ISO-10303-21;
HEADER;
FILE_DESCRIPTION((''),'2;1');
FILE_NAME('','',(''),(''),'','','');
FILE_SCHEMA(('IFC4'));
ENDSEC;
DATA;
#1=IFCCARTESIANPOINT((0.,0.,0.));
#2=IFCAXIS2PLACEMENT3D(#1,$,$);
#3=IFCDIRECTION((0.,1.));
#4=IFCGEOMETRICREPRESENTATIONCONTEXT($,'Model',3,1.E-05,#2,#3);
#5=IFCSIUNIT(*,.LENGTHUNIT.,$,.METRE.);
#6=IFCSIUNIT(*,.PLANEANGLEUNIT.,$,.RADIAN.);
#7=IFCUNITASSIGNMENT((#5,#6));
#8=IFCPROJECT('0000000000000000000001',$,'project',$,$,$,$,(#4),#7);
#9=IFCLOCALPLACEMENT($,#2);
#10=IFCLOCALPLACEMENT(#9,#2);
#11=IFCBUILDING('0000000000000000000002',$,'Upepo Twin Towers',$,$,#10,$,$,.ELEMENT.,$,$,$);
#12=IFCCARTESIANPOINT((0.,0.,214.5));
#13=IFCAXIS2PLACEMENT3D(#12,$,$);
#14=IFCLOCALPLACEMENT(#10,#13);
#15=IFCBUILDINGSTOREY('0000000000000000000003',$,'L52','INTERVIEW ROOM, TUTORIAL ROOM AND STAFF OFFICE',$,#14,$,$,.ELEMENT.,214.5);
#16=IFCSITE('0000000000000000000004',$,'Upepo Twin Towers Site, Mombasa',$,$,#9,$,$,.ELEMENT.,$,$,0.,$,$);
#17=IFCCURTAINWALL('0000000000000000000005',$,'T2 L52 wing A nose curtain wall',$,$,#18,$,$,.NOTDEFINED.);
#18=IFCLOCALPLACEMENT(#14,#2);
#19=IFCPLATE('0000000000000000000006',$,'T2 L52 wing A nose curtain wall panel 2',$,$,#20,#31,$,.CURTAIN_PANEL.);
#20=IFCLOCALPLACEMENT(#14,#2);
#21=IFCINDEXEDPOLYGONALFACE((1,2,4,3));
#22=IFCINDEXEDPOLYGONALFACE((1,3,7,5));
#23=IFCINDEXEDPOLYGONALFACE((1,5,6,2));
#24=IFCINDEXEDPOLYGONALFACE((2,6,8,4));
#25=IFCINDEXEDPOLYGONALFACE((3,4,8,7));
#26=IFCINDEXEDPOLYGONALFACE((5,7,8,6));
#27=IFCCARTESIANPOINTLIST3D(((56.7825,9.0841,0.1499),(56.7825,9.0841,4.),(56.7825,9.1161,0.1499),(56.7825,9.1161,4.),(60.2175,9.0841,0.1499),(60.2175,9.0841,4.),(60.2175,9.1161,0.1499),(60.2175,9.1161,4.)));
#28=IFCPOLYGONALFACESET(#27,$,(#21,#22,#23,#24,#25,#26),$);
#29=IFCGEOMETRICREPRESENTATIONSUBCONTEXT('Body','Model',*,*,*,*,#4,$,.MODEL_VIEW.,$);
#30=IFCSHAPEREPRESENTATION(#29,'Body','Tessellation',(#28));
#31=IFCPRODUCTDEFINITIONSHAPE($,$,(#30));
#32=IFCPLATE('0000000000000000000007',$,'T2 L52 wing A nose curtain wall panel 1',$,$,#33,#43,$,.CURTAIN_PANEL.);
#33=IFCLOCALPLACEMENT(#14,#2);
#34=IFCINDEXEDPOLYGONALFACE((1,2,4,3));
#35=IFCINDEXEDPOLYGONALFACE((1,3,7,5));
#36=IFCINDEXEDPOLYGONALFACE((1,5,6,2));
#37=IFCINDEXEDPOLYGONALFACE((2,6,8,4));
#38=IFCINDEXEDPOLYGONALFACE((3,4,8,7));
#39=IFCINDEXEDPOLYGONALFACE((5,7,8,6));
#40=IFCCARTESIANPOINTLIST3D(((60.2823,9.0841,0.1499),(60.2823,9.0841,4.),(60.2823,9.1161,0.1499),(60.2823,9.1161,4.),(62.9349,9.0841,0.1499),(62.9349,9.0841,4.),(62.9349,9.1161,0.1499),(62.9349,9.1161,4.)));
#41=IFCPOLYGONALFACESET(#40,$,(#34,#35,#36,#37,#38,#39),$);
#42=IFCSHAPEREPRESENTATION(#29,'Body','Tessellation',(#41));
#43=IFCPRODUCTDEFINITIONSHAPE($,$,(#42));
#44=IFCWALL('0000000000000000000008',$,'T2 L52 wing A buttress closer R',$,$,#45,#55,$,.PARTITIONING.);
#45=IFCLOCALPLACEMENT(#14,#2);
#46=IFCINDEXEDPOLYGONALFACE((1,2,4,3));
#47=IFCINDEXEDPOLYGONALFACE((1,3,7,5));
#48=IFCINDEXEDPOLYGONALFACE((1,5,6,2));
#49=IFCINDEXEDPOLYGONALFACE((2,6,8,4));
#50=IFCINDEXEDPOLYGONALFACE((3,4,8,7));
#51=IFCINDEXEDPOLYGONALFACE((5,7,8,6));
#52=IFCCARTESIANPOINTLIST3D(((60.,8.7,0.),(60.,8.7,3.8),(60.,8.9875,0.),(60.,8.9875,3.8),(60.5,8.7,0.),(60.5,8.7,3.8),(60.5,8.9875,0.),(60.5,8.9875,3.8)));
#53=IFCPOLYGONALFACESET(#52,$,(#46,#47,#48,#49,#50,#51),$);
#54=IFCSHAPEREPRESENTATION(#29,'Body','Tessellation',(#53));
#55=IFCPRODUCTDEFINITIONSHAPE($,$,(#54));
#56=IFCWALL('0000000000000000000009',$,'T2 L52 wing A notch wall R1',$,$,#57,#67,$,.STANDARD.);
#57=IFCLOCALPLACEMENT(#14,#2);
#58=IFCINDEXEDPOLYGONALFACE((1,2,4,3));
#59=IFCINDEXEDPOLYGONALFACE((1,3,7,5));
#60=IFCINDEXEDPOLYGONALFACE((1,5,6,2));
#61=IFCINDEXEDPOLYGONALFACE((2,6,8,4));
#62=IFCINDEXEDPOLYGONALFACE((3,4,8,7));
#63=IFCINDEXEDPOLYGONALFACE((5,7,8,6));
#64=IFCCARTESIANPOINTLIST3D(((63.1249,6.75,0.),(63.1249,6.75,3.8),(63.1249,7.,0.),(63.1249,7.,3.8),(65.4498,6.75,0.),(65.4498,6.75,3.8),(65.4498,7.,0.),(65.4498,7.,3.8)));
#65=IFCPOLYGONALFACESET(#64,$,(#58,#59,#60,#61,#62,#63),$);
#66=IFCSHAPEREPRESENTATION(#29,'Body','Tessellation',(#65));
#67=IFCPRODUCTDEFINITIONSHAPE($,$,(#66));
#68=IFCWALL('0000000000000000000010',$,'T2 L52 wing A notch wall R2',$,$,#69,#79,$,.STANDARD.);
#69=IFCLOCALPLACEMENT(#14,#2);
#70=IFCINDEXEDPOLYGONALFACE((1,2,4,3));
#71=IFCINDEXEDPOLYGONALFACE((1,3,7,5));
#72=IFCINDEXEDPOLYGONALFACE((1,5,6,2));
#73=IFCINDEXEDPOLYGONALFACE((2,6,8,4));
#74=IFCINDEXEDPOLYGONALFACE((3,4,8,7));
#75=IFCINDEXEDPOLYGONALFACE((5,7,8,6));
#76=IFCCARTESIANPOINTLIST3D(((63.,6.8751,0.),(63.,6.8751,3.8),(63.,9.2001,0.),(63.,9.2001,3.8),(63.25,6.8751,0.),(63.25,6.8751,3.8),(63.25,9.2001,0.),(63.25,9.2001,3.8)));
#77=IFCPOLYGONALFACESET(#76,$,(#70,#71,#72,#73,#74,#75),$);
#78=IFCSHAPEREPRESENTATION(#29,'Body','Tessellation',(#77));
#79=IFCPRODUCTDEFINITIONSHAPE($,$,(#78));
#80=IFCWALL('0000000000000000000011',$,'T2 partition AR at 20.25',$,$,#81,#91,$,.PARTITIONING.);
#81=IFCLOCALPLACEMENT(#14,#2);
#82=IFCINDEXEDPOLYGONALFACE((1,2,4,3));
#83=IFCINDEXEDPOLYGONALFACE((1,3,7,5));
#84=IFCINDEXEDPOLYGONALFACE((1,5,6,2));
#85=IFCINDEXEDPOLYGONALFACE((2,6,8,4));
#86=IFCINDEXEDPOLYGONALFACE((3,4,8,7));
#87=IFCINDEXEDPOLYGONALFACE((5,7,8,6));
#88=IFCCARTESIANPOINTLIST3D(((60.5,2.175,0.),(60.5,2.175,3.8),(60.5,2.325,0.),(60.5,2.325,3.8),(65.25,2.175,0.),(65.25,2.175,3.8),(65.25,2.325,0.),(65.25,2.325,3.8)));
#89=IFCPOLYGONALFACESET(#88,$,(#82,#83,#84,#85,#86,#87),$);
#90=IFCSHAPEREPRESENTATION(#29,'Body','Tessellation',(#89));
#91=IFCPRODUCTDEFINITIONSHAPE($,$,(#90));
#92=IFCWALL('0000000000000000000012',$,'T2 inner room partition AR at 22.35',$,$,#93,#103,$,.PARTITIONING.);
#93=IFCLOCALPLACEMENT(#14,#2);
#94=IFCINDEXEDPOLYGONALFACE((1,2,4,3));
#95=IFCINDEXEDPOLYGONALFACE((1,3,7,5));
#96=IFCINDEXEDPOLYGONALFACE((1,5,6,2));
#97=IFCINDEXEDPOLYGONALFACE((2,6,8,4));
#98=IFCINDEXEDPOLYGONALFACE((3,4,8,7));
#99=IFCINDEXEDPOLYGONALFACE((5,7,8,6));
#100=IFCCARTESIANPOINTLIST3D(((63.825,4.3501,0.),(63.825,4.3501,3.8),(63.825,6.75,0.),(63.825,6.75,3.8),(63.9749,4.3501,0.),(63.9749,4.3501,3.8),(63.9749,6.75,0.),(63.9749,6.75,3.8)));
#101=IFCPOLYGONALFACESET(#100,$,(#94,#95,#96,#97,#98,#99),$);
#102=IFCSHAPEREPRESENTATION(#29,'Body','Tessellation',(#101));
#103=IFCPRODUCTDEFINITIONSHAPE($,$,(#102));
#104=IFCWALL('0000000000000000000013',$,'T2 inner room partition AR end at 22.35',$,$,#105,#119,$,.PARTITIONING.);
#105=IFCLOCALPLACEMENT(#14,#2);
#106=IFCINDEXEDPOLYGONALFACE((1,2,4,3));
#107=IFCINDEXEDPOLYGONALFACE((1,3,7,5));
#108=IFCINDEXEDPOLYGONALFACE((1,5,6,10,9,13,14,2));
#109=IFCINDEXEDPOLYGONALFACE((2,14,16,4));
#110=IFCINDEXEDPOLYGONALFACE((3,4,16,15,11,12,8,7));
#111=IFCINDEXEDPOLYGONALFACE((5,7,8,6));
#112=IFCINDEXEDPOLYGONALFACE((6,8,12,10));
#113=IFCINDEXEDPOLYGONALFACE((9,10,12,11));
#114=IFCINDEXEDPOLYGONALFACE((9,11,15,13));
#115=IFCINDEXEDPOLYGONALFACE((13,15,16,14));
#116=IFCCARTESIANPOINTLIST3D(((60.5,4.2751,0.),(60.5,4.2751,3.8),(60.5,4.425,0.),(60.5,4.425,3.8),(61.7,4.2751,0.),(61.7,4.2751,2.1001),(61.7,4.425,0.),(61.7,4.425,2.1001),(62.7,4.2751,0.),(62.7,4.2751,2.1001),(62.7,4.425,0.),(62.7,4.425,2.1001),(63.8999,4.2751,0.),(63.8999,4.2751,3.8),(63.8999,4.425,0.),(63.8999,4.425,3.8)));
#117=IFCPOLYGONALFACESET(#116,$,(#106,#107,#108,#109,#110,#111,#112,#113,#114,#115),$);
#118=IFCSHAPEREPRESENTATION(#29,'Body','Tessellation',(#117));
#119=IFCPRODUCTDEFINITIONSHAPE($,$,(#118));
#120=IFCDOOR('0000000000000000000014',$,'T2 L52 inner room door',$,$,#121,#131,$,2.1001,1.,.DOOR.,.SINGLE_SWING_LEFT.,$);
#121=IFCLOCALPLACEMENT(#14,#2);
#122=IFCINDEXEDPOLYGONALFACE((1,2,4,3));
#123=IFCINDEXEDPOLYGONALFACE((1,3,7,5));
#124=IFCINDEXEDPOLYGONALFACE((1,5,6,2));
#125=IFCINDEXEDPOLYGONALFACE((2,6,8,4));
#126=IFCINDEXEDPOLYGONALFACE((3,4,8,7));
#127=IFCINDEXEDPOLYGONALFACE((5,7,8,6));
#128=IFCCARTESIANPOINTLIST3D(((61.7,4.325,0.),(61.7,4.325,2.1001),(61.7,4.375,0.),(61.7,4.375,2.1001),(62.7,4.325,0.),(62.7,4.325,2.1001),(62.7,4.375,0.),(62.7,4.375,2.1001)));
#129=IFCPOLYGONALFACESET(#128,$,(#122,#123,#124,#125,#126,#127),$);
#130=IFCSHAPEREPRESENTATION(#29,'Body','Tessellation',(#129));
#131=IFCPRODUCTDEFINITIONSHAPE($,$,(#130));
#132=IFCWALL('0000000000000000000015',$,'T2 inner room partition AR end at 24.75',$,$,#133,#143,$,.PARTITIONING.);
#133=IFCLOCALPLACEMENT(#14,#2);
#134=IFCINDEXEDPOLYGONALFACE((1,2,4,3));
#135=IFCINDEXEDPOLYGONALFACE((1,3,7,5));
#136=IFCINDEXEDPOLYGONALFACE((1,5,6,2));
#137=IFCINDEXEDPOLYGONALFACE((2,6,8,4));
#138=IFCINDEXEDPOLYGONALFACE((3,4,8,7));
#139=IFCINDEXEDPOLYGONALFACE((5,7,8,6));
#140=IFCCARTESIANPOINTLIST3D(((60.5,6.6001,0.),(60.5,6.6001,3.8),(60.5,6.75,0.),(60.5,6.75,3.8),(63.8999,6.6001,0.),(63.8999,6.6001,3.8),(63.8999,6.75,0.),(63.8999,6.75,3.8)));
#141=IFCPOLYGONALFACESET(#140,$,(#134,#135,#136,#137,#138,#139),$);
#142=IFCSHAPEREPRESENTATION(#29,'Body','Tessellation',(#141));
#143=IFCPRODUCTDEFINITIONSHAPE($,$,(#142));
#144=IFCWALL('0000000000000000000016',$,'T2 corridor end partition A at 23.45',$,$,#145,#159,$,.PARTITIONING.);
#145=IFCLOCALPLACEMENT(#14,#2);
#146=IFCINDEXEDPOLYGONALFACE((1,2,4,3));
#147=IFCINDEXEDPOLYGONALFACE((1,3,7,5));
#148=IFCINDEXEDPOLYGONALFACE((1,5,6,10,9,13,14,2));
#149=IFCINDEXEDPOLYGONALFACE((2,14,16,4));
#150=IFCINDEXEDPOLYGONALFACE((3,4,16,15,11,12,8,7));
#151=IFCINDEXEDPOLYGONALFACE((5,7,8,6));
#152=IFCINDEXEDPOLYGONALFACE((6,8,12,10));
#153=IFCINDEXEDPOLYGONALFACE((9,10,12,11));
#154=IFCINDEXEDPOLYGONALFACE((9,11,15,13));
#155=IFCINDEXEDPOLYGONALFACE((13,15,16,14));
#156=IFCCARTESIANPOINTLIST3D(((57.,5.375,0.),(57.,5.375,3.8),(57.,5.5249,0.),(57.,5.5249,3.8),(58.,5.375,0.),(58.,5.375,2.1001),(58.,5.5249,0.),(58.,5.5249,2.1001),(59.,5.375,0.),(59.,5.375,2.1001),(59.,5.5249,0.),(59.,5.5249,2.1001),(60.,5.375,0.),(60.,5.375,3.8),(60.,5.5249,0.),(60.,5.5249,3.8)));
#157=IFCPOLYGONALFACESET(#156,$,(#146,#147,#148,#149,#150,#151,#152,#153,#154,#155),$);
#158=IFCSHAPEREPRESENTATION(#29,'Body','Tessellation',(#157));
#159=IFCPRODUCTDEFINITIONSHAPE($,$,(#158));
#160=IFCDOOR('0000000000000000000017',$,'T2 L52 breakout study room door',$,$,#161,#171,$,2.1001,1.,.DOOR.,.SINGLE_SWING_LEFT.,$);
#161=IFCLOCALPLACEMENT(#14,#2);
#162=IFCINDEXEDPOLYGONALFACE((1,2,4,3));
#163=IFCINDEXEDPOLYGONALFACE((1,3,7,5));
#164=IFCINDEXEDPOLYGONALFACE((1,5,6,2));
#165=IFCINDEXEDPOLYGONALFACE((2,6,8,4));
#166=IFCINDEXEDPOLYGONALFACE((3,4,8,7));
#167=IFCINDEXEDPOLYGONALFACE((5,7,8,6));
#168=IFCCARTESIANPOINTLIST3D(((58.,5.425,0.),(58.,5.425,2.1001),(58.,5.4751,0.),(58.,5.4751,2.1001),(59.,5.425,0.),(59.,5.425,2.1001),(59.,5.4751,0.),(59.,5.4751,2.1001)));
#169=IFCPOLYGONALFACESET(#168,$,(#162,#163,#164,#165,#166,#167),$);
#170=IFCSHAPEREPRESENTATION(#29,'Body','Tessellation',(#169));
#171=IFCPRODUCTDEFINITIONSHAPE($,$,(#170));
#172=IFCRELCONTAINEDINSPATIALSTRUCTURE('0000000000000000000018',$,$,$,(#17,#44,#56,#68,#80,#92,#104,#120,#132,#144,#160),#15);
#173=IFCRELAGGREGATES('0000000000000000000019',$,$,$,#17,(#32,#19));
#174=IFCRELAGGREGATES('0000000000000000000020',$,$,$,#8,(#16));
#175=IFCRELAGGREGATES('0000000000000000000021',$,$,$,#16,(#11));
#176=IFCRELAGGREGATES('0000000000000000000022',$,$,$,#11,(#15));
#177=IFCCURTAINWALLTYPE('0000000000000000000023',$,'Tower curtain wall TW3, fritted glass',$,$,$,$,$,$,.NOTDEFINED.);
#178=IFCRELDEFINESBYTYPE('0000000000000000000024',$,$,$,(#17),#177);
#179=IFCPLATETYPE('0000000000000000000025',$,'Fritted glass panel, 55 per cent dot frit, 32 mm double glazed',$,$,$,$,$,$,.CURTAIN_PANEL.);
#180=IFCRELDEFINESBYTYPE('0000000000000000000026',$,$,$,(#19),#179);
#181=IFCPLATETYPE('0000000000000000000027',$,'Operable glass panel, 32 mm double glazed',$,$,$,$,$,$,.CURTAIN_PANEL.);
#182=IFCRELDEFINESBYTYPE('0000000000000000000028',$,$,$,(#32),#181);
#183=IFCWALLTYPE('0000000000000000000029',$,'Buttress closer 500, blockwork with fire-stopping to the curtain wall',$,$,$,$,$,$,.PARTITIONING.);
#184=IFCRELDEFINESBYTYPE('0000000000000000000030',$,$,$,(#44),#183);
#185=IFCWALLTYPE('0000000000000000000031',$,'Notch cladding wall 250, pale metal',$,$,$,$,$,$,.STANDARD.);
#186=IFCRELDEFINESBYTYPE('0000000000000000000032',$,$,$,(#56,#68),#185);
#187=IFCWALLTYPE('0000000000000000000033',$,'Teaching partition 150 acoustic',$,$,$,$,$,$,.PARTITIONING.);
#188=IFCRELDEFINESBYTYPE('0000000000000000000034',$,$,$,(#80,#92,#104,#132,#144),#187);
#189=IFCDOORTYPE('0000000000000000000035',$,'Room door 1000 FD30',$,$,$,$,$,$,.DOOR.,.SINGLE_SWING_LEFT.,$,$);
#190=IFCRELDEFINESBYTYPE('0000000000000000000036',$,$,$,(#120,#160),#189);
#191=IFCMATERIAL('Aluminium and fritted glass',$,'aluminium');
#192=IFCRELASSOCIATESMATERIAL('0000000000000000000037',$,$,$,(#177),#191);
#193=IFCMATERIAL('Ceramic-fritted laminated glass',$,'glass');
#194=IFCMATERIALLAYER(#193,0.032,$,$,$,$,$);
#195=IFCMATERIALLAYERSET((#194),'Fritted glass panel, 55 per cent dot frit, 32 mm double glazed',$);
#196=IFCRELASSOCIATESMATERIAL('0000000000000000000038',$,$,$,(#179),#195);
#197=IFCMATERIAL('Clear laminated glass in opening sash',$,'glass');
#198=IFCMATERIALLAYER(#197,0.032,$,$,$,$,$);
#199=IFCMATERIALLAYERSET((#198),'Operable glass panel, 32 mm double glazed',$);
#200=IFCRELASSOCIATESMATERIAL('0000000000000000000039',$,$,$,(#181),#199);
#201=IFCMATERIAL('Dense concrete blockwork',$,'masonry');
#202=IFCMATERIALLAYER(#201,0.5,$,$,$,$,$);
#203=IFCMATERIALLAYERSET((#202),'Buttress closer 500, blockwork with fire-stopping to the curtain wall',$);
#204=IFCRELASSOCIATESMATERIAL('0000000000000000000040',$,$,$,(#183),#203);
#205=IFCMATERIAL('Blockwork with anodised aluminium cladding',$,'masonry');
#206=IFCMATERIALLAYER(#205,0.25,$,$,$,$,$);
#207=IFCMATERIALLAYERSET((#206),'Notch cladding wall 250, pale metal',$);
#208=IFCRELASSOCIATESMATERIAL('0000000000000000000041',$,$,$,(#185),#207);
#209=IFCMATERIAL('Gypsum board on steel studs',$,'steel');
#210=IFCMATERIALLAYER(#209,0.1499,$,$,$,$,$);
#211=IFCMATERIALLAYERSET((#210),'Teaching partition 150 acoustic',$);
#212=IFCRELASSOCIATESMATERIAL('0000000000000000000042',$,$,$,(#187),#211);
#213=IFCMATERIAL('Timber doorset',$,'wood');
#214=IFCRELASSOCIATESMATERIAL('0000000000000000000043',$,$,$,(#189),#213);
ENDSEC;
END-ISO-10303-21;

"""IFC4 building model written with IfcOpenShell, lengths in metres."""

from ifc_helpers import new_model, si_unit, direction, frame, frame_2d, origin, origin_2d, place, context, subcontext, project, spatial, rectangle, extrude, material, layer, layer_set, type_object, element, fill, aggregate, save


model = new_model("IFC4")

# Units and contexts
model_context = context("Model", 3, precision=1e-05, world=origin(), true_north=direction((0.0, 1.0)))
body_context = subcontext(model_context, "Body", "Model", "MODEL_VIEW")
ifc_project = project(units=[si_unit("LENGTHUNIT", "METRE"), si_unit("PLANEANGLEUNIT", "RADIAN")], contexts=[model_context])

# Site, building, storey
site_placement = place(None, origin())
site = spatial("IfcSite", under=ifc_project, at=site_placement, Name="Upepo Twin Towers Site, Mombasa", CompositionType="ELEMENT", RefElevation=0.0)
building_placement = place(site_placement, origin())
building = spatial("IfcBuilding", under=site, at=building_placement, Name="Upepo Twin Towers", CompositionType="ELEMENT")
storey_placement = place(building_placement, frame((0.0, 0.0, 214.5)))
storey = spatial("IfcBuildingStorey", under=building, at=storey_placement, Name="L52", Description="INTERVIEW ROOM, TUTORIAL ROOM AND STAFF OFFICE", CompositionType="ELEMENT", Elevation=214.5)

# Curtain wall
ifc_material_1 = material(Name="Aluminium and fritted glass", Category="aluminium")
curtain_wall_type = type_object("IfcCurtainWallType", Name="Tower curtain wall TW3, fritted glass", PredefinedType="NOTDEFINED", material=ifc_material_1)
curtain_wall_1_placement = place(storey_placement, origin())
curtain_wall_1 = element("IfcCurtainWall", 1, at=curtain_wall_1_placement, inside=storey, type_object=curtain_wall_type, Name="T2 L52 wing A nose curtain wall", PredefinedType="NOTDEFINED")

# Plates
ifc_material_2 = material(Name="Ceramic-fritted laminated glass", Category="glass")
ifc_layer_1 = layer(ifc_material_2, 0.032)
ifc_layer_set_1 = layer_set([ifc_layer_1], Name="Fritted glass panel, 55 per cent dot frit, 32 mm double glazed")
plate_type_1 = type_object("IfcPlateType", Name="Fritted glass panel, 55 per cent dot frit, 32 mm double glazed", PredefinedType="CURTAIN_PANEL", material=ifc_layer_set_1)
plate_1_placement = place(storey_placement, frame((58.5, 9.1001, 0.1499), z_axis=(0.0, 0.0, 1.0), x_axis=(-1.0, 0.0, 0.0)))
plate_1 = element("IfcPlate", 2, at=plate_1_placement, type_object=plate_type_1, Name="T2 L52 wing A nose curtain wall panel 2", PredefinedType="CURTAIN_PANEL", context=body_context, shape_type="SweptSolid", body=[
    extrude(rectangle(XDim=3.4351, YDim=0.032, at=origin_2d()), origin(), (0.0, 0.0, 1.0), 3.8501),
])
ifc_material_3 = material(Name="Clear laminated glass in opening sash", Category="glass")
ifc_layer_2 = layer(ifc_material_3, 0.032)
ifc_layer_set_2 = layer_set([ifc_layer_2], Name="Operable glass panel, 32 mm double glazed")
plate_type_2 = type_object("IfcPlateType", Name="Operable glass panel, 32 mm double glazed", PredefinedType="CURTAIN_PANEL", material=ifc_layer_set_2)
plate_2_placement = place(storey_placement, frame((61.6086, 9.1001, 0.1499), z_axis=(0.0, 0.0, 1.0), x_axis=(-1.0, 0.0, 0.0)))
plate_2 = element("IfcPlate", 3, at=plate_2_placement, type_object=plate_type_2, Name="T2 L52 wing A nose curtain wall panel 1", PredefinedType="CURTAIN_PANEL", context=body_context, shape_type="SweptSolid", body=[
    extrude(rectangle(XDim=2.6526, YDim=0.032, at=origin_2d()), origin(), (0.0, 0.0, 1.0), 3.8501),
])
aggregate(curtain_wall_1, [plate_2, plate_1])

# Walls
ifc_material_4 = material(Name="Dense concrete blockwork", Category="masonry")
ifc_layer_3 = layer(ifc_material_4, 0.5)
ifc_layer_set_3 = layer_set([ifc_layer_3], Name="Buttress closer 500, blockwork with fire-stopping to the curtain wall")
wall_type_1 = type_object("IfcWallType", Name="Buttress closer 500, blockwork with fire-stopping to the curtain wall", PredefinedType="PARTITIONING", material=ifc_layer_set_3)
wall_1_placement = place(storey_placement, frame((60.25, 8.7, 0.0), z_axis=(0.0, 0.0, 1.0), x_axis=(0.0, 1.0, 0.0)))
element("IfcWall", 4, at=wall_1_placement, inside=storey, type_object=wall_type_1, Name="T2 L52 wing A buttress closer R", PredefinedType="PARTITIONING", context=body_context, shape_type="SweptSolid", body=[
    extrude(rectangle(XDim=0.2876, YDim=0.5, at=frame_2d((0.1438, 0.0))), origin(), (0.0, 0.0, 1.0), 3.8),
])
ifc_material_5 = material(Name="Blockwork with anodised aluminium cladding", Category="masonry")
ifc_layer_4 = layer(ifc_material_5, 0.25)
ifc_layer_set_4 = layer_set([ifc_layer_4], Name="Notch cladding wall 250, pale metal")
wall_type_2 = type_object("IfcWallType", Name="Notch cladding wall 250, pale metal", PredefinedType="STANDARD", material=ifc_layer_set_4)
for number, where, z_axis, x_axis, name in (
    (5, (65.45, 6.875, 0.0), (0.0, 0.0, 1.0), (-1.0, 0.0, 0.0), "T2 L52 wing A notch wall R1"),
    (6, (63.125, 6.875, 0.0), (0.0, 0.0, 1.0), (0.0, 1.0, 0.0), "T2 L52 wing A notch wall R2"),
):
    element("IfcWall", number, at=place(storey_placement, frame(where, z_axis=z_axis, x_axis=x_axis)), inside=storey, type_object=wall_type_2, Name=name, PredefinedType="STANDARD", context=body_context, shape_type="SweptSolid", body=[
        extrude(rectangle(XDim=2.325, YDim=0.25, at=frame_2d((1.1626, 0.0))), origin(), (0.0, 0.0, 1.0), 3.8),
    ])
ifc_material_6 = material(Name="Gypsum board on steel studs", Category="steel")
ifc_layer_5 = layer(ifc_material_6, 0.1499)
ifc_layer_set_5 = layer_set([ifc_layer_5], Name="Teaching partition 150 acoustic")
wall_type_3 = type_object("IfcWallType", Name="Teaching partition 150 acoustic", PredefinedType="PARTITIONING", material=ifc_layer_set_5)
wall_2_placement = place(storey_placement, frame((60.5, 2.25, 0.0), z_axis=(0.0, 0.0, 1.0), x_axis=(1.0, 0.0, 0.0)))
element("IfcWall", 7, at=wall_2_placement, inside=storey, type_object=wall_type_3, Name="T2 partition AR at 20.25", PredefinedType="PARTITIONING", context=body_context, shape_type="SweptSolid", body=[
    extrude(rectangle(XDim=4.75, YDim=0.1499, at=frame_2d((2.375, 0.0))), origin(), (0.0, 0.0, 1.0), 3.8),
])
wall_3_placement = place(storey_placement, frame((63.8999, 4.3501, 0.0), z_axis=(0.0, 0.0, 1.0), x_axis=(0.0, 1.0, 0.0)))
element("IfcWall", 8, at=wall_3_placement, inside=storey, type_object=wall_type_3, Name="T2 inner room partition AR at 22.35", PredefinedType="PARTITIONING", context=body_context, shape_type="SweptSolid", body=[
    extrude(rectangle(XDim=2.3999, YDim=0.1499, at=frame_2d((1.2, 0.0))), origin(), (0.0, 0.0, 1.0), 3.8),
])

# Wall, opening, door
wall_4_placement = place(storey_placement, frame((60.5, 4.3501, 0.0), z_axis=(0.0, 0.0, 1.0), x_axis=(1.0, 0.0, 0.0)))
wall_4 = element("IfcWall", 9, at=wall_4_placement, inside=storey, type_object=wall_type_3, Name="T2 inner room partition AR end at 22.35", PredefinedType="PARTITIONING", context=body_context, shape_type="SweptSolid", body=[
    extrude(rectangle(XDim=3.3999, YDim=0.1499, at=frame_2d((1.7, 0.0))), origin(), (0.0, 0.0, 1.0), 3.8),
])
opening_1_placement = place(wall_4_placement, frame((1.2, 0.0, 0.0)))
opening_1 = element("IfcOpeningElement", 10, at=opening_1_placement, cuts=wall_4, PredefinedType="OPENING", context=body_context, shape_type="SweptSolid", body=[
    extrude(rectangle(XDim=1.0, YDim=2.1001, at=frame_2d((0.5, 1.05))), frame((0.0, 0.085, 0.0), z_axis=(0.0, -1.0, 0.0), x_axis=(1.0, 0.0, 0.0)), (0.0, 0.0, 1.0), 0.1699),
])
ifc_material_7 = material(Name="Timber doorset", Category="wood")
door_type = type_object("IfcDoorType", Name="Room door 1000 FD30", OperationType="SINGLE_SWING_LEFT", PredefinedType="DOOR", material=ifc_material_7)
door_1_placement = place(opening_1_placement, origin())
door_1 = element("IfcDoor", 11, at=door_1_placement, inside=storey, type_object=door_type, Name="T2 L52 inner room door", OperationType="SINGLE_SWING_LEFT", OverallHeight=2.1001, OverallWidth=1.0, PredefinedType="DOOR", context=body_context, shape_type="SweptSolid", body=[
    extrude(rectangle(XDim=1.0, YDim=2.1001, at=frame_2d((0.5, 1.05))), frame((0.0, 0.0249, 0.0), z_axis=(0.0, -1.0, 0.0), x_axis=(1.0, 0.0, 0.0)), (0.0, 0.0, 1.0), 0.05),
])
fill(opening_1, door_1)

# Wall
wall_5_placement = place(storey_placement, frame((60.5, 6.675, 0.0), z_axis=(0.0, 0.0, 1.0), x_axis=(1.0, 0.0, 0.0)))
element("IfcWall", 12, at=wall_5_placement, inside=storey, type_object=wall_type_3, Name="T2 inner room partition AR end at 24.75", PredefinedType="PARTITIONING", context=body_context, shape_type="SweptSolid", body=[
    extrude(rectangle(XDim=3.3999, YDim=0.1499, at=frame_2d((1.7, 0.0))), origin(), (0.0, 0.0, 1.0), 3.8),
])

# Wall, opening, door
wall_6_placement = place(storey_placement, frame((60.0, 5.45, 0.0), z_axis=(0.0, 0.0, 1.0), x_axis=(-1.0, 0.0, 0.0)))
wall_6 = element("IfcWall", 13, at=wall_6_placement, inside=storey, type_object=wall_type_3, Name="T2 corridor end partition A at 23.45", PredefinedType="PARTITIONING", context=body_context, shape_type="SweptSolid", body=[
    extrude(rectangle(XDim=3.0, YDim=0.1499, at=frame_2d((1.5, 0.0))), origin(), (0.0, 0.0, 1.0), 3.8),
])
opening_2_placement = place(wall_6_placement, frame((1.0, 0.0, 0.0)))
opening_2 = element("IfcOpeningElement", 14, at=opening_2_placement, cuts=wall_6, PredefinedType="OPENING", context=body_context, shape_type="SweptSolid", body=[
    extrude(rectangle(XDim=1.0, YDim=2.1001, at=frame_2d((0.5, 1.05))), frame((0.0, 0.085, 0.0), z_axis=(0.0, -1.0, 0.0), x_axis=(1.0, 0.0, 0.0)), (0.0, 0.0, 1.0), 0.1699),
])
door_2_placement = place(opening_2_placement, origin())
door_2 = element("IfcDoor", 15, at=door_2_placement, inside=storey, type_object=door_type, Name="T2 L52 breakout study room door", OperationType="SINGLE_SWING_LEFT", OverallHeight=2.1001, OverallWidth=1.0, PredefinedType="DOOR", context=body_context, shape_type="SweptSolid", body=[
    extrude(rectangle(XDim=1.0, YDim=2.1001, at=frame_2d((0.5, 1.05))), frame((0.0, 0.0249, 0.0), z_axis=(0.0, -1.0, 0.0), x_axis=(1.0, 0.0, 0.0)), (0.0, 0.0, 1.0), 0.05),
])
fill(opening_2, door_2)

save(model, "model.ifc")
